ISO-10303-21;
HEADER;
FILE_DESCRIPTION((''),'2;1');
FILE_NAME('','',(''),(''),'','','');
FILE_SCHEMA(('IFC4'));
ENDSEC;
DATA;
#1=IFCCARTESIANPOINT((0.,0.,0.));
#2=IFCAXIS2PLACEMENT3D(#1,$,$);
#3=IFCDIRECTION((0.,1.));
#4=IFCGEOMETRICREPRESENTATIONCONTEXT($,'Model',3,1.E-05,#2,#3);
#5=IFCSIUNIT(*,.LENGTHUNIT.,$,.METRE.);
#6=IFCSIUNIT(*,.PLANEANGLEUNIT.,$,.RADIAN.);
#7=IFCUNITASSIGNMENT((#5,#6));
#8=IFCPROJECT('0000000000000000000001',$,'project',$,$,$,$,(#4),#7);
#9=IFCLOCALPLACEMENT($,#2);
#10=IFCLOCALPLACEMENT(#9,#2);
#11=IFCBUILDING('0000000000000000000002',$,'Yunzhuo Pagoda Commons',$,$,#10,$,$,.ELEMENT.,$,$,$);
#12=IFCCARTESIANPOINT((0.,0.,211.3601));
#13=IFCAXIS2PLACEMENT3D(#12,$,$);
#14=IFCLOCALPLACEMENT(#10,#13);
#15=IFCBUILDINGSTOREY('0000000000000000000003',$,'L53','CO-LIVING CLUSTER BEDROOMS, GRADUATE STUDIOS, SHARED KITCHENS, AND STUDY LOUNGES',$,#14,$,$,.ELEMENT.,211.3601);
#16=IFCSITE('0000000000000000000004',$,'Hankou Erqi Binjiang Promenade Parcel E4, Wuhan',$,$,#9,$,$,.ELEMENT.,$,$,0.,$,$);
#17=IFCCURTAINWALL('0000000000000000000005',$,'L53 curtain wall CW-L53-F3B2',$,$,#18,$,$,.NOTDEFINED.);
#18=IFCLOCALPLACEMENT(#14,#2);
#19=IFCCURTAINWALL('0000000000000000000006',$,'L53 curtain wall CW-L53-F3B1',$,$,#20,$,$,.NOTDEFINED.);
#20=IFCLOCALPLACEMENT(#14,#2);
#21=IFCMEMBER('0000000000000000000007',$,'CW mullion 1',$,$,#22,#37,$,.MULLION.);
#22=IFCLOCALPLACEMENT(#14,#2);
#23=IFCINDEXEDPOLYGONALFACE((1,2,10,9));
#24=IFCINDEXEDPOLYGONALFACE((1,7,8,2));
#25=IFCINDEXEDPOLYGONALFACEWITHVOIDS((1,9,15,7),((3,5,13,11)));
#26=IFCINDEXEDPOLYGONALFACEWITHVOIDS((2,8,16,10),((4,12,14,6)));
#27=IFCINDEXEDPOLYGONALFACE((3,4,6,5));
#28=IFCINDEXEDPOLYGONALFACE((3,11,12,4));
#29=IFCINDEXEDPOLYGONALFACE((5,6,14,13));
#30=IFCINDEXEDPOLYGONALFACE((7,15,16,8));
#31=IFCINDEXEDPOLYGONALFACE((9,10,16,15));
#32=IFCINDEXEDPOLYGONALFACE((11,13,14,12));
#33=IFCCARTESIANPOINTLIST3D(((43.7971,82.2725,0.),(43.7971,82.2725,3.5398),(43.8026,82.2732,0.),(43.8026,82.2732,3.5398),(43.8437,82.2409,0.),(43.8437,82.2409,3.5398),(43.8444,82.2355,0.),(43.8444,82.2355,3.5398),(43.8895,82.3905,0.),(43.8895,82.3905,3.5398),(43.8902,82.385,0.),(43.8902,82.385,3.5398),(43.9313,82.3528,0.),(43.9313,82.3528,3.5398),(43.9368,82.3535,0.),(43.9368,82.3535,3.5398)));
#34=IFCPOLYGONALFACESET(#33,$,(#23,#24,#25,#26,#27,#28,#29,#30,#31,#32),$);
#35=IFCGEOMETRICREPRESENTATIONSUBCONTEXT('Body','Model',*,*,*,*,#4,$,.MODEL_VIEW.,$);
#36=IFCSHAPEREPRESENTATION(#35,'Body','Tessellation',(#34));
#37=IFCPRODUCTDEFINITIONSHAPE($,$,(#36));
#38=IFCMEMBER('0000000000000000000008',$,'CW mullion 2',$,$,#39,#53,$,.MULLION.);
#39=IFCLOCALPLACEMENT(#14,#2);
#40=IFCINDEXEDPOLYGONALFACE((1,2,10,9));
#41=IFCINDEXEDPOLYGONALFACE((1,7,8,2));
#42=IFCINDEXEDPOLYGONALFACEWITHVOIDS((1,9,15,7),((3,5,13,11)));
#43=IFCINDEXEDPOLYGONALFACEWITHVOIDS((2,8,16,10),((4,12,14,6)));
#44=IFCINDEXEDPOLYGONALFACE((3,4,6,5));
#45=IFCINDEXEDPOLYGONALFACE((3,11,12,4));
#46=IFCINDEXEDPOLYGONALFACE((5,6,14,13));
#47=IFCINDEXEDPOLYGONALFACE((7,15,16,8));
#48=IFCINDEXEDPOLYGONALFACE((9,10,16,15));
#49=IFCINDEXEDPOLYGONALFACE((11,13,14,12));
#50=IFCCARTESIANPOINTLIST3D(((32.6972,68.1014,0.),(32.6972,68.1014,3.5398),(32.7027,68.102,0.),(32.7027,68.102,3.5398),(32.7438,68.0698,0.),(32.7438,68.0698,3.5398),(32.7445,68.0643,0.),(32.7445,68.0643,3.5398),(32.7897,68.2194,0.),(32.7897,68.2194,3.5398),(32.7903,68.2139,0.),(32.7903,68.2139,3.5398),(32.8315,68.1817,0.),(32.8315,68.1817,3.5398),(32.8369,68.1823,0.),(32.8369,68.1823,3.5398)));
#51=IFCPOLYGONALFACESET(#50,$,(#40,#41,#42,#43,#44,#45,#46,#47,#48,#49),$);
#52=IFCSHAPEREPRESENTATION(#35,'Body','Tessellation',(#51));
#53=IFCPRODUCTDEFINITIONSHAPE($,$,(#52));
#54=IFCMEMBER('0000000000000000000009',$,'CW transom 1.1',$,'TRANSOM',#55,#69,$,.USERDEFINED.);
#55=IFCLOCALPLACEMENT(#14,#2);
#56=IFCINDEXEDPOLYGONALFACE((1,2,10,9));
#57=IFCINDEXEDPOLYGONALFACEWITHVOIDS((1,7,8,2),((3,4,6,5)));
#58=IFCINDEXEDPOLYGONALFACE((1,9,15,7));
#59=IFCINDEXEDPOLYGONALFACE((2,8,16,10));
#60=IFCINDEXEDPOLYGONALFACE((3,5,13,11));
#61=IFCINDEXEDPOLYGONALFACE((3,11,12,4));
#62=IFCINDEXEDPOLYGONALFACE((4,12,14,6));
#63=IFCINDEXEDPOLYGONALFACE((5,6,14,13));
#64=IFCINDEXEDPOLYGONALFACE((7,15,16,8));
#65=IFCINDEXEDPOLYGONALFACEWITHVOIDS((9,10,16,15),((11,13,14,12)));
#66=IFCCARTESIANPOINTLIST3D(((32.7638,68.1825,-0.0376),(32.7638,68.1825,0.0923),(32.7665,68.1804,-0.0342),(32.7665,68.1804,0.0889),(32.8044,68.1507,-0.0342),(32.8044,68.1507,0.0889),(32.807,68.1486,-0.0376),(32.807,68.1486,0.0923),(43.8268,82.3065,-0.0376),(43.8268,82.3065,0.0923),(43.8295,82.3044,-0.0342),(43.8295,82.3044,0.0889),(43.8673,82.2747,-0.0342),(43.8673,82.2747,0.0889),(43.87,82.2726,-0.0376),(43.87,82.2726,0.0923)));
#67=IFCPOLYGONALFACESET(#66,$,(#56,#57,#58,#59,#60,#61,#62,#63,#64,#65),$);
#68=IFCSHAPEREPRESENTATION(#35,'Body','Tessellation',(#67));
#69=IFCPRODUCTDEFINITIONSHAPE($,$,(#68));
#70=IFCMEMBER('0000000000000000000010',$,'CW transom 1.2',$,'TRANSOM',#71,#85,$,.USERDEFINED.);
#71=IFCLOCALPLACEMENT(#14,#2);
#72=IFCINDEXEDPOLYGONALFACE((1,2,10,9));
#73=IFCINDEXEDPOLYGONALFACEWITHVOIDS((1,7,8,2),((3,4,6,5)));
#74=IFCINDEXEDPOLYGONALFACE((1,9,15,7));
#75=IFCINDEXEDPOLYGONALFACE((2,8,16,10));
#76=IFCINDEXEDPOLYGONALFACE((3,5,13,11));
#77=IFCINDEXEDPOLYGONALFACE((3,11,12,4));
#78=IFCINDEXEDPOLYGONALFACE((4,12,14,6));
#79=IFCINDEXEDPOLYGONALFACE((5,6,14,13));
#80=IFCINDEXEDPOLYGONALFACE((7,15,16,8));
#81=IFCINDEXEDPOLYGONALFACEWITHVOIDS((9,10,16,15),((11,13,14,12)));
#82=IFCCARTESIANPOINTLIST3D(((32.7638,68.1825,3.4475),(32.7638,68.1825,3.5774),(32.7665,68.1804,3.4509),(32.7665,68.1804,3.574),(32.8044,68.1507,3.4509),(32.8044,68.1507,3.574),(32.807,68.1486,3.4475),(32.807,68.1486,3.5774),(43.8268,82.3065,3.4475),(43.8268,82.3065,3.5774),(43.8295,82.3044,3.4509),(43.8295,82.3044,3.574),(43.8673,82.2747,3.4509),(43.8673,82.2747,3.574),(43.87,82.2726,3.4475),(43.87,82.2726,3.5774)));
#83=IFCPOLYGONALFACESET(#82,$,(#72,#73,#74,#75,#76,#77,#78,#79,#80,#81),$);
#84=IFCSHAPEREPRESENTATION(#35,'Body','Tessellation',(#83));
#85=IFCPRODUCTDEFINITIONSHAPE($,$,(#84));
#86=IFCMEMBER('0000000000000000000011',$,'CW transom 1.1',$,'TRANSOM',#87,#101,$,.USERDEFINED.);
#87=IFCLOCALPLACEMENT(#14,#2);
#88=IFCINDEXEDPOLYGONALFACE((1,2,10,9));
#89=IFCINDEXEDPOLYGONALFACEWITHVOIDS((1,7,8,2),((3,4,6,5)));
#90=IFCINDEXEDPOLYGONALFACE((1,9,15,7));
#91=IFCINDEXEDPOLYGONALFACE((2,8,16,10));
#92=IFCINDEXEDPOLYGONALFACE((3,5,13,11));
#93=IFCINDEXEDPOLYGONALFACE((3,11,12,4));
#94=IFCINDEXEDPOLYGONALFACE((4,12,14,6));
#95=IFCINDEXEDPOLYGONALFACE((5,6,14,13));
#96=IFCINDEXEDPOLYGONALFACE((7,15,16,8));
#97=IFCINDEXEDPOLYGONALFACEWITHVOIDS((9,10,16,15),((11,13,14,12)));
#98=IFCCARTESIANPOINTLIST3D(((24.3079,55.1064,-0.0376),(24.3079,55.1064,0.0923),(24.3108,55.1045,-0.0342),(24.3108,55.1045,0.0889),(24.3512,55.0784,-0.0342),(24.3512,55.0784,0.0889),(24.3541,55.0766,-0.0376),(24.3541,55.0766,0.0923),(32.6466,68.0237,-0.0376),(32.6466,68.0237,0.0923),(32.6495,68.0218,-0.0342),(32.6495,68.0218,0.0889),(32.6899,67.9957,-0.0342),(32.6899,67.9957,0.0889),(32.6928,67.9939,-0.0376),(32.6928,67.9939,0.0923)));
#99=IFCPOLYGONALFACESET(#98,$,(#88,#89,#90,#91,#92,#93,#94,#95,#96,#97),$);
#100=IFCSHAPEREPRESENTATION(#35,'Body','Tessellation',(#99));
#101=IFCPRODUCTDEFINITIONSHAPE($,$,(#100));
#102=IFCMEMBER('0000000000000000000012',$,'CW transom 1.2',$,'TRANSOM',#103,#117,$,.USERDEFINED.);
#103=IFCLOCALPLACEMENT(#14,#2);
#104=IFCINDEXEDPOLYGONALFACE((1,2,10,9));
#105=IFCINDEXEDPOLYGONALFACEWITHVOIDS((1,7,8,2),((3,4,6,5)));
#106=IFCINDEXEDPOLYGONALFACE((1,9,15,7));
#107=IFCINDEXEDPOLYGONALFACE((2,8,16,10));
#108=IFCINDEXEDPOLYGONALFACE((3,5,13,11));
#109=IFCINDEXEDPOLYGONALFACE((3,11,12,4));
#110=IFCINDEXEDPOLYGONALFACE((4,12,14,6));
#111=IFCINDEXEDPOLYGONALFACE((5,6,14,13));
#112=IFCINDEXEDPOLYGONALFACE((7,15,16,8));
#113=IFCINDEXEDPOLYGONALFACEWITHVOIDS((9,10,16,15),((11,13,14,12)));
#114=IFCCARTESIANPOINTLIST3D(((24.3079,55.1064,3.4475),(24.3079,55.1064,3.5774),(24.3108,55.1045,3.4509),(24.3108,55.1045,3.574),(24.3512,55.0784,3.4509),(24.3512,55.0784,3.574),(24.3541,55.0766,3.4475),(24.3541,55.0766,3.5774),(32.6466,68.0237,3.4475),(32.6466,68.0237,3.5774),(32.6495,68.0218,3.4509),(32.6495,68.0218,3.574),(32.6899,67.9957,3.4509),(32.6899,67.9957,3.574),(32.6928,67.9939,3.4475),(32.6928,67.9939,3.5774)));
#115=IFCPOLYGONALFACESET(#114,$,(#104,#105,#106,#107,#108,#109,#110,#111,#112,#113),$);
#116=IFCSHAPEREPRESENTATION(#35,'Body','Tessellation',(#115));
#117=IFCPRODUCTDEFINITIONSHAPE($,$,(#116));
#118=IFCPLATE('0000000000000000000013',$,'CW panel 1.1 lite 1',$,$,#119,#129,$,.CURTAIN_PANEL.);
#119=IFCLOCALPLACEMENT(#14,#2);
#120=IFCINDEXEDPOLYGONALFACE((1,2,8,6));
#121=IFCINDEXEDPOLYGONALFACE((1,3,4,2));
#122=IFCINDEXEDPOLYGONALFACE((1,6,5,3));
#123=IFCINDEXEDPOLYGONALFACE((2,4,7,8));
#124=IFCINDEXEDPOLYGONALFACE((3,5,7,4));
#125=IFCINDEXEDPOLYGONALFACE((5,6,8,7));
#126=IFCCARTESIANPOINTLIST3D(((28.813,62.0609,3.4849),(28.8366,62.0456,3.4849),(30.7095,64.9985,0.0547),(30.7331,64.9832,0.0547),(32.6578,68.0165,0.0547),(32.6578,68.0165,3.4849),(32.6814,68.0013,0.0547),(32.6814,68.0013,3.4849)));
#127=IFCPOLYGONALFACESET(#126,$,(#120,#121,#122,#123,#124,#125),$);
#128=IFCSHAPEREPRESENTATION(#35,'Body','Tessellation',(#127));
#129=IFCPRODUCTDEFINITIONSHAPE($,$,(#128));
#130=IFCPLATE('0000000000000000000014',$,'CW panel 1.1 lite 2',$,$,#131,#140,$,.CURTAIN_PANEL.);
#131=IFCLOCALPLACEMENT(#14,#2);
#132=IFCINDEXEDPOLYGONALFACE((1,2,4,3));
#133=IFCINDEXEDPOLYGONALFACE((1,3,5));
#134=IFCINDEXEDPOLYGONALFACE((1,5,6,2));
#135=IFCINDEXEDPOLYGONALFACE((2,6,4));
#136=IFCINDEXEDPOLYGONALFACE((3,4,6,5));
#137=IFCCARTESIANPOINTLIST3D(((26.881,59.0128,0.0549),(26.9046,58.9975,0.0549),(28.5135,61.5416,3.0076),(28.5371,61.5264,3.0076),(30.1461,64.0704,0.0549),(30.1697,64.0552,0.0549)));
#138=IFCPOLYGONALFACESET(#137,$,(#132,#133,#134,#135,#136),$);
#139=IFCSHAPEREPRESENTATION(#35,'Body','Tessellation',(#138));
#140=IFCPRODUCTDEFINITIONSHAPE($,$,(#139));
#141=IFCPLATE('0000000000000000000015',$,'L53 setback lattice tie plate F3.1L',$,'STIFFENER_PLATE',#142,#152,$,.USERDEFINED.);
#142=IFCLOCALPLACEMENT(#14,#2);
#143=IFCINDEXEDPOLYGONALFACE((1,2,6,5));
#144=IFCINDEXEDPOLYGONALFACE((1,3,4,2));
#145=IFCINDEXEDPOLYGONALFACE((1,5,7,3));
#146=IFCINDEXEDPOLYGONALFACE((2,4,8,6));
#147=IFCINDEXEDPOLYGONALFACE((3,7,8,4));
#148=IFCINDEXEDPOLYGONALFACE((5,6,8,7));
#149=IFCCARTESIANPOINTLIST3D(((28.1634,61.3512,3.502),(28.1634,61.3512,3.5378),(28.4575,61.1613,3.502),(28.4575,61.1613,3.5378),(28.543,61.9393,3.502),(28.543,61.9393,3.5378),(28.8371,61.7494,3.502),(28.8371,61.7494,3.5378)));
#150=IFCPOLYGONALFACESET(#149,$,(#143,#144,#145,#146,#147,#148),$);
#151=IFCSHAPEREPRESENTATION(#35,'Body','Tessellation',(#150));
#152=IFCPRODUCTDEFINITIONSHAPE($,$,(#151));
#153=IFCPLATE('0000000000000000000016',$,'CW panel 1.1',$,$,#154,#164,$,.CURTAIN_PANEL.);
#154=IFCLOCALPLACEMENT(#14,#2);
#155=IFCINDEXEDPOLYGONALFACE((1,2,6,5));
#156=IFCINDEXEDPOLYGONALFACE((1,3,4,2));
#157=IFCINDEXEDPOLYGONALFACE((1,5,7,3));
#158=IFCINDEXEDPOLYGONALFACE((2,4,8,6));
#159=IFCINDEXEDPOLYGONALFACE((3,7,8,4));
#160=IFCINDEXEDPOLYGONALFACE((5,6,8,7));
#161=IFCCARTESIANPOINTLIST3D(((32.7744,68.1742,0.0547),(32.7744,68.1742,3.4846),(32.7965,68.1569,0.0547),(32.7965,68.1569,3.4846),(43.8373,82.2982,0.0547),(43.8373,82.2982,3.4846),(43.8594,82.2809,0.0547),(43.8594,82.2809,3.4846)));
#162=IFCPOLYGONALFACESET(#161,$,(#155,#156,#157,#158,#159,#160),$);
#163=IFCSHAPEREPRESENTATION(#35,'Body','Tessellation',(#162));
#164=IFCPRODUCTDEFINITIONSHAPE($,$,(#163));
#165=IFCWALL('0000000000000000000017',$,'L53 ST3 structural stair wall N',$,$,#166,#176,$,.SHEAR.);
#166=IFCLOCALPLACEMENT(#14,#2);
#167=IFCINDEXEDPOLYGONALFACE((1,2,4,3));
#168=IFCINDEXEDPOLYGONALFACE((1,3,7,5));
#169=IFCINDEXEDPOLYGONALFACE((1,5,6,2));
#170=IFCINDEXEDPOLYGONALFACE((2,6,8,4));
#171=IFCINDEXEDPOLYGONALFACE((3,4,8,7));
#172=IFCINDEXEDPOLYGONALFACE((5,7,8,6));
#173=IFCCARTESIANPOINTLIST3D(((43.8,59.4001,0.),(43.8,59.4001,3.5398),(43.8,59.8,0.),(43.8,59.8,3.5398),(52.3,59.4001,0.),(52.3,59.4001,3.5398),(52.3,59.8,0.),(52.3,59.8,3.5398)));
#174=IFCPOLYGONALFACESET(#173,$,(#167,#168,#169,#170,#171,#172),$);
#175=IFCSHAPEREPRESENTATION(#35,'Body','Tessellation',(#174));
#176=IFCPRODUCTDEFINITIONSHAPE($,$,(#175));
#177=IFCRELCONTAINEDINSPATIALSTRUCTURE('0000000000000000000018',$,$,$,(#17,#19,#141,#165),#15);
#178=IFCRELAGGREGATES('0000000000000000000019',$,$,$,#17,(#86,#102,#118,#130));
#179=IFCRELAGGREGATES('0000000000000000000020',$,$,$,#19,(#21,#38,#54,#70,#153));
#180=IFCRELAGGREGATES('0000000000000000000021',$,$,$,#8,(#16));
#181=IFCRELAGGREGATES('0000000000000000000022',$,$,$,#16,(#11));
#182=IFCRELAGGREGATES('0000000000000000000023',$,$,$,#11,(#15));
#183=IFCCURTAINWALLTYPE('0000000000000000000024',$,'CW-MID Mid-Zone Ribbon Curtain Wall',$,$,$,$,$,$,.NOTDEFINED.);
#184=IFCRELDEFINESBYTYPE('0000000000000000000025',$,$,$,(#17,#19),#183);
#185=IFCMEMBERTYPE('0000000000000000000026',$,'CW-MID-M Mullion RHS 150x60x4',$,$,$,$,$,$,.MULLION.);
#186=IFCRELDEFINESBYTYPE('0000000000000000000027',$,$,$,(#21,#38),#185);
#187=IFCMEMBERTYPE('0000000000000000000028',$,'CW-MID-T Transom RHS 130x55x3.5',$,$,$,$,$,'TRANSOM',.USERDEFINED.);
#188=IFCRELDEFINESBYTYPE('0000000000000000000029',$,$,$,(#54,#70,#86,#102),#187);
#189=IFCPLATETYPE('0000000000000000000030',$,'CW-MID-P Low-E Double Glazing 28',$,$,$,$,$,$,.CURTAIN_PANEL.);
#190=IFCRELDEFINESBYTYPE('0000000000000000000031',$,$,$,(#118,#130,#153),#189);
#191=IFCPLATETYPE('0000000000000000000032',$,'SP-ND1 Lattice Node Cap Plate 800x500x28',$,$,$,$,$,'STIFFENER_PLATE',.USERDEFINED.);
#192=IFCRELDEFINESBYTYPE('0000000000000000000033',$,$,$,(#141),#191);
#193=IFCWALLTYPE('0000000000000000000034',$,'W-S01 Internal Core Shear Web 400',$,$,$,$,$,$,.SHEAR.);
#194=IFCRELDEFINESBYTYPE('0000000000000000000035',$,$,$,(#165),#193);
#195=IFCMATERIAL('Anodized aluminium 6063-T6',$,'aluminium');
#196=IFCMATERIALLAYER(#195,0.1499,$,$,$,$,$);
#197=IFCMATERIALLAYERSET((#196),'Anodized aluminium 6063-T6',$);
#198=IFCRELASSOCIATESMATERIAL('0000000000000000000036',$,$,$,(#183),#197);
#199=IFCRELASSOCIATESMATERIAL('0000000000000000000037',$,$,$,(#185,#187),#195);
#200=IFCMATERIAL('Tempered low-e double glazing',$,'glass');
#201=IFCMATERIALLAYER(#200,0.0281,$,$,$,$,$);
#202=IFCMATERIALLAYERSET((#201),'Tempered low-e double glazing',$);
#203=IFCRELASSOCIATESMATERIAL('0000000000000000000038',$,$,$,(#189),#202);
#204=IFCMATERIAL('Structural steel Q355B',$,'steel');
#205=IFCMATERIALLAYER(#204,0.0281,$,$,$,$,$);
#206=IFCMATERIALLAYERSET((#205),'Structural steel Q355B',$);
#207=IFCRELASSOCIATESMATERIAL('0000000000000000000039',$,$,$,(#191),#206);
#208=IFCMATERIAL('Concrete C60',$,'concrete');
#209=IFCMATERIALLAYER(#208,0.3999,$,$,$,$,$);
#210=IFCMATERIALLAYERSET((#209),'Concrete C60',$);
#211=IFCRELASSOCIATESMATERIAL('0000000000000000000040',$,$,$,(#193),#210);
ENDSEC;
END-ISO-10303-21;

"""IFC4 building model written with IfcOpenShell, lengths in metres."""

from ifc_helpers import new_model, si_unit, direction, frame, frame_2d, origin, origin_2d, place, context, subcontext, project, spatial, polyline, rectangle, hollow_rectangle, outline, extrude, source, transform, mapped, material, layer, layer_set, material_profile, profile_set, type_object, element, aggregate, save


model = new_model("IFC4")

# Units and contexts
model_context = context("Model", 3, precision=1e-05, world=origin(), true_north=direction((0.0, 1.0)))
body_context = subcontext(model_context, "Body", "Model", "MODEL_VIEW")
ifc_project = project(units=[si_unit("LENGTHUNIT", "METRE"), si_unit("PLANEANGLEUNIT", "RADIAN")], contexts=[model_context])

# Site, building, storey
site_placement = place(None, origin())
site = spatial("IfcSite", under=ifc_project, at=site_placement, Name="Hankou Erqi Binjiang Promenade Parcel E4, Wuhan", CompositionType="ELEMENT", RefElevation=0.0)
building_placement = place(site_placement, origin())
building = spatial("IfcBuilding", under=site, at=building_placement, Name="Yunzhuo Pagoda Commons", CompositionType="ELEMENT")
storey_placement = place(building_placement, frame((0.0, 0.0, 211.3601)))
storey = spatial("IfcBuildingStorey", under=building, at=storey_placement, Name="L53", Description="CO-LIVING CLUSTER BEDROOMS, GRADUATE STUDIOS, SHARED KITCHENS, AND STUDY LOUNGES", CompositionType="ELEMENT", Elevation=211.3601)

# Shared definitions
ifc_material_1 = material(Name="Structural steel Q355B", Category="steel")

# Curtain wall
ifc_material_2 = material(Name="Anodized aluminium 6063-T6", Category="aluminium")
ifc_layer_1 = layer(ifc_material_2, 0.1499)
ifc_layer_set_1 = layer_set([ifc_layer_1], Name="Anodized aluminium 6063-T6")
curtain_wall_type = type_object("IfcCurtainWallType", Name="CW-MID Mid-Zone Ribbon Curtain Wall", PredefinedType="NOTDEFINED", material=ifc_layer_set_1)
curtain_wall_1_placement = place(storey_placement, origin())
curtain_wall_1 = element("IfcCurtainWall", 1, at=curtain_wall_1_placement, inside=storey, type_object=curtain_wall_type, Name="L53 curtain wall CW-L53-F3B2", PredefinedType="NOTDEFINED")
ifc_material_profile_1 = material_profile(ifc_material_2, hollow_rectangle(XDim=0.0601, YDim=0.1499, WallThickness=0.0039, at=origin_2d()), Name="Anodized aluminium 6063-T6")
ifc_profile_set_1 = profile_set([ifc_material_profile_1], Name="Anodized aluminium 6063-T6")
member_type_1 = type_object("IfcMemberType", Name="CW-MID-M Mullion RHS 150x60x4", PredefinedType="MULLION", material=ifc_profile_set_1)
shared_shape_1 = source(origin(), body_context, "Body", "SweptSolid", [
    extrude(hollow_rectangle(XDim=0.0601, YDim=0.1499, WallThickness=0.0039, at=origin_2d()), origin(), (0.0, 0.0, 1.0), 3.5398),
])

# Curtain wall, members
curtain_wall_2_placement = place(storey_placement, origin())
curtain_wall_2 = element("IfcCurtainWall", 2, at=curtain_wall_2_placement, inside=storey, type_object=curtain_wall_type, Name="L53 curtain wall CW-L53-F3B1", PredefinedType="NOTDEFINED")
member_1_placement = place(storey_placement, frame((43.8669, 82.313, 0.0), z_axis=(0.0, 0.0, 1.0), x_axis=(0.78725, -0.616634, 0.0)))
member_1 = element("IfcMember", 3, at=member_1_placement, type_object=member_type_1, Name="CW mullion 1", PredefinedType="MULLION", context=body_context, shape_type="MappedRepresentation", body=[
    mapped(shared_shape_1, transform((0.0, 0.0, 0.0), scale=1.0)),
])
member_2_placement = place(storey_placement, frame((32.7671, 68.1418, 0.0), z_axis=(0.0, 0.0, 1.0), x_axis=(0.78725, -0.616634, 0.0)))
member_2 = element("IfcMember", 4, at=member_2_placement, type_object=member_type_1, Name="CW mullion 2", PredefinedType="MULLION", context=body_context, shape_type="MappedRepresentation", body=[
    mapped(shared_shape_1, transform((0.0, 0.0, 0.0), scale=1.0)),
])
ifc_material_profile_2 = material_profile(ifc_material_2, hollow_rectangle(XDim=0.0549, YDim=0.1299, WallThickness=0.0034, at=origin_2d()), Name="Anodized aluminium 6063-T6")
ifc_profile_set_2 = profile_set([ifc_material_profile_2], Name="Anodized aluminium 6063-T6")
member_type_2 = type_object("IfcMemberType", Name="CW-MID-T Transom RHS 130x55x3.5", ElementType="TRANSOM", PredefinedType="USERDEFINED", material=ifc_profile_set_2)
shared_shape_2 = source(origin(), body_context, "Body", "SweptSolid", [
    extrude(hollow_rectangle(XDim=0.0549, YDim=0.1299, WallThickness=0.0034, at=origin_2d()), origin(), (0.0, 0.0, 1.0), 17.9409),
])
member_3_placement = place(storey_placement, frame((43.8484, 82.2896, 0.0273), z_axis=(-0.616633, -0.787251, 0.0), x_axis=(0.787251, -0.616633, 0.0)))
member_3 = element("IfcMember", 5, at=member_3_placement, type_object=member_type_2, Name="CW transom 1.1", ObjectType="TRANSOM", PredefinedType="USERDEFINED", context=body_context, shape_type="MappedRepresentation", body=[
    mapped(shared_shape_2, transform((0.0, 0.0, 0.0), scale=1.0)),
])
member_4_placement = place(storey_placement, frame((43.8484, 82.2896, 3.5125), z_axis=(-0.616633, -0.787251, 0.0), x_axis=(0.787251, -0.616633, 0.0)))
member_4 = element("IfcMember", 6, at=member_4_placement, type_object=member_type_2, Name="CW transom 1.2", ObjectType="TRANSOM", PredefinedType="USERDEFINED", context=body_context, shape_type="MappedRepresentation", body=[
    mapped(shared_shape_2, transform((0.0, 0.0, 0.0), scale=1.0)),
])

# Members
shared_shape_3 = source(origin(), body_context, "Body", "SweptSolid", [
    extrude(hollow_rectangle(XDim=0.0549, YDim=0.1299, WallThickness=0.0034, at=origin_2d()), origin(), (0.0, 0.0, 1.0), 15.375),
])
member_5_placement = place(storey_placement, frame((32.6697, 68.0088, 0.0273), z_axis=(-0.542353, -0.840151, 0.0), x_axis=(0.840151, -0.542353, 0.0)))
member_5 = element("IfcMember", 7, at=member_5_placement, type_object=member_type_2, Name="CW transom 1.1", ObjectType="TRANSOM", PredefinedType="USERDEFINED", context=body_context, shape_type="MappedRepresentation", body=[
    mapped(shared_shape_3, transform((0.0, 0.0, 0.0), scale=1.0)),
])
member_6_placement = place(storey_placement, frame((32.6697, 68.0088, 3.5125), z_axis=(-0.542353, -0.840151, 0.0), x_axis=(0.840151, -0.542353, 0.0)))
member_6 = element("IfcMember", 8, at=member_6_placement, type_object=member_type_2, Name="CW transom 1.2", ObjectType="TRANSOM", PredefinedType="USERDEFINED", context=body_context, shape_type="MappedRepresentation", body=[
    mapped(shared_shape_3, transform((0.0, 0.0, 0.0), scale=1.0)),
])

# Plates
ifc_material_3 = material(Name="Tempered low-e double glazing", Category="glass")
ifc_layer_2 = layer(ifc_material_3, 0.0281)
ifc_layer_set_2 = layer_set([ifc_layer_2], Name="Tempered low-e double glazing")
plate_type_1 = type_object("IfcPlateType", Name="CW-MID-P Low-E Double Glazing 28", PredefinedType="CURTAIN_PANEL", material=ifc_layer_set_2)
plate_1_placement = place(storey_placement, frame((30.759, 65.0234, 1.7698), z_axis=(-0.840138, 0.542372, 0.0), x_axis=(-0.542372, -0.840138, 0.0)))
plate_1 = element("IfcPlate", 9, at=plate_1_placement, type_object=plate_type_1, Name="CW panel 1.1 lite 1", PredefinedType="CURTAIN_PANEL", context=body_context, shape_type="SweptSolid", body=[
    extrude(outline(polyline([(-3.5444, -1.7151), (0.0479, -1.7151), (3.5444, 1.7151), (-3.5444, 1.7151), (-3.5444, -1.7151)])), origin(), (0.0, 0.0, 1.0), 0.0281),
])
plate_2_placement = place(storey_placement, frame((28.5371, 61.5264, 1.5312), z_axis=(-0.840138, 0.542372, 0.0), x_axis=(-0.542372, -0.840138, 0.0)))
plate_2 = element("IfcPlate", 10, at=plate_2_placement, type_object=plate_type_1, Name="CW panel 1.1 lite 2", PredefinedType="CURTAIN_PANEL", context=body_context, shape_type="SweptSolid", body=[
    extrude(outline(polyline([(-3.01, -1.4763), (3.01, -1.4763), (0.0, 1.4763), (-3.01, -1.4763)])), origin(), (0.0, 0.0, 1.0), 0.0281),
])
aggregate(curtain_wall_1, [member_5, member_6, plate_1, plate_2])
ifc_layer_3 = layer(ifc_material_1, 0.0281)
ifc_layer_set_3 = layer_set([ifc_layer_3], Name="Structural steel Q355B")
plate_type_2 = type_object("IfcPlateType", Name="SP-ND1 Lattice Node Cap Plate 800x500x28", ElementType="STIFFENER_PLATE", PredefinedType="USERDEFINED", material=ifc_layer_set_3)
shared_shape_4 = source(origin(), body_context, "Body", "SweptSolid", [
    extrude(rectangle(XDim=0.7, YDim=0.3501, at=origin_2d()), origin(), (0.0, 0.0, 1.0), 0.0359),
])
plate_3_placement = place(storey_placement, frame((28.5002, 61.5503, 3.502), z_axis=(0.0, 0.0, 1.0), x_axis=(-0.542368, -0.840141, 0.0)))
element("IfcPlate", 11, at=plate_3_placement, inside=storey, type_object=plate_type_2, Name="L53 setback lattice tie plate F3.1L", ObjectType="STIFFENER_PLATE", PredefinedType="USERDEFINED", context=body_context, shape_type="MappedRepresentation", body=[
    mapped(shared_shape_4, transform((0.0, 0.0, 0.0), scale=1.0)),
])
shared_shape_5 = source(origin(), body_context, "Body", "SweptSolid", [
    extrude(rectangle(XDim=17.9409, YDim=0.0281, at=origin_2d()), origin(), (0.0, 0.0, 1.0), 3.4299),
])
plate_4_placement = place(storey_placement, frame((38.3169, 75.2275, 0.0547), z_axis=(0.0, 0.0, 1.0), x_axis=(-0.616634, -0.78725, 0.0)))
plate_4 = element("IfcPlate", 12, at=plate_4_placement, type_object=plate_type_1, Name="CW panel 1.1", PredefinedType="CURTAIN_PANEL", context=body_context, shape_type="MappedRepresentation", body=[
    mapped(shared_shape_5, transform((0.0, 0.0, 0.0), scale=1.0)),
])
aggregate(curtain_wall_2, [member_1, member_2, member_3, member_4, plate_4])

# Wall
ifc_material_4 = material(Name="Concrete C60", Category="concrete")
ifc_layer_4 = layer(ifc_material_4, 0.3999)
ifc_layer_set_4 = layer_set([ifc_layer_4], Name="Concrete C60")
wall_type = type_object("IfcWallType", Name="W-S01 Internal Core Shear Web 400", PredefinedType="SHEAR", material=ifc_layer_set_4)
wall_placement = place(storey_placement, frame((43.8, 59.6001, 0.0), z_axis=(0.0, 0.0, 1.0), x_axis=(1.0, 0.0, 0.0)))
element("IfcWall", 13, at=wall_placement, inside=storey, type_object=wall_type, Name="L53 ST3 structural stair wall N", PredefinedType="SHEAR", context=body_context, shape_type="SweptSolid", body=[
    extrude(rectangle(XDim=8.5, YDim=0.3999, at=frame_2d((4.25, 0.0))), origin(), (0.0, 0.0, 1.0), 3.5398),
])

save(model, "model.ifc")
